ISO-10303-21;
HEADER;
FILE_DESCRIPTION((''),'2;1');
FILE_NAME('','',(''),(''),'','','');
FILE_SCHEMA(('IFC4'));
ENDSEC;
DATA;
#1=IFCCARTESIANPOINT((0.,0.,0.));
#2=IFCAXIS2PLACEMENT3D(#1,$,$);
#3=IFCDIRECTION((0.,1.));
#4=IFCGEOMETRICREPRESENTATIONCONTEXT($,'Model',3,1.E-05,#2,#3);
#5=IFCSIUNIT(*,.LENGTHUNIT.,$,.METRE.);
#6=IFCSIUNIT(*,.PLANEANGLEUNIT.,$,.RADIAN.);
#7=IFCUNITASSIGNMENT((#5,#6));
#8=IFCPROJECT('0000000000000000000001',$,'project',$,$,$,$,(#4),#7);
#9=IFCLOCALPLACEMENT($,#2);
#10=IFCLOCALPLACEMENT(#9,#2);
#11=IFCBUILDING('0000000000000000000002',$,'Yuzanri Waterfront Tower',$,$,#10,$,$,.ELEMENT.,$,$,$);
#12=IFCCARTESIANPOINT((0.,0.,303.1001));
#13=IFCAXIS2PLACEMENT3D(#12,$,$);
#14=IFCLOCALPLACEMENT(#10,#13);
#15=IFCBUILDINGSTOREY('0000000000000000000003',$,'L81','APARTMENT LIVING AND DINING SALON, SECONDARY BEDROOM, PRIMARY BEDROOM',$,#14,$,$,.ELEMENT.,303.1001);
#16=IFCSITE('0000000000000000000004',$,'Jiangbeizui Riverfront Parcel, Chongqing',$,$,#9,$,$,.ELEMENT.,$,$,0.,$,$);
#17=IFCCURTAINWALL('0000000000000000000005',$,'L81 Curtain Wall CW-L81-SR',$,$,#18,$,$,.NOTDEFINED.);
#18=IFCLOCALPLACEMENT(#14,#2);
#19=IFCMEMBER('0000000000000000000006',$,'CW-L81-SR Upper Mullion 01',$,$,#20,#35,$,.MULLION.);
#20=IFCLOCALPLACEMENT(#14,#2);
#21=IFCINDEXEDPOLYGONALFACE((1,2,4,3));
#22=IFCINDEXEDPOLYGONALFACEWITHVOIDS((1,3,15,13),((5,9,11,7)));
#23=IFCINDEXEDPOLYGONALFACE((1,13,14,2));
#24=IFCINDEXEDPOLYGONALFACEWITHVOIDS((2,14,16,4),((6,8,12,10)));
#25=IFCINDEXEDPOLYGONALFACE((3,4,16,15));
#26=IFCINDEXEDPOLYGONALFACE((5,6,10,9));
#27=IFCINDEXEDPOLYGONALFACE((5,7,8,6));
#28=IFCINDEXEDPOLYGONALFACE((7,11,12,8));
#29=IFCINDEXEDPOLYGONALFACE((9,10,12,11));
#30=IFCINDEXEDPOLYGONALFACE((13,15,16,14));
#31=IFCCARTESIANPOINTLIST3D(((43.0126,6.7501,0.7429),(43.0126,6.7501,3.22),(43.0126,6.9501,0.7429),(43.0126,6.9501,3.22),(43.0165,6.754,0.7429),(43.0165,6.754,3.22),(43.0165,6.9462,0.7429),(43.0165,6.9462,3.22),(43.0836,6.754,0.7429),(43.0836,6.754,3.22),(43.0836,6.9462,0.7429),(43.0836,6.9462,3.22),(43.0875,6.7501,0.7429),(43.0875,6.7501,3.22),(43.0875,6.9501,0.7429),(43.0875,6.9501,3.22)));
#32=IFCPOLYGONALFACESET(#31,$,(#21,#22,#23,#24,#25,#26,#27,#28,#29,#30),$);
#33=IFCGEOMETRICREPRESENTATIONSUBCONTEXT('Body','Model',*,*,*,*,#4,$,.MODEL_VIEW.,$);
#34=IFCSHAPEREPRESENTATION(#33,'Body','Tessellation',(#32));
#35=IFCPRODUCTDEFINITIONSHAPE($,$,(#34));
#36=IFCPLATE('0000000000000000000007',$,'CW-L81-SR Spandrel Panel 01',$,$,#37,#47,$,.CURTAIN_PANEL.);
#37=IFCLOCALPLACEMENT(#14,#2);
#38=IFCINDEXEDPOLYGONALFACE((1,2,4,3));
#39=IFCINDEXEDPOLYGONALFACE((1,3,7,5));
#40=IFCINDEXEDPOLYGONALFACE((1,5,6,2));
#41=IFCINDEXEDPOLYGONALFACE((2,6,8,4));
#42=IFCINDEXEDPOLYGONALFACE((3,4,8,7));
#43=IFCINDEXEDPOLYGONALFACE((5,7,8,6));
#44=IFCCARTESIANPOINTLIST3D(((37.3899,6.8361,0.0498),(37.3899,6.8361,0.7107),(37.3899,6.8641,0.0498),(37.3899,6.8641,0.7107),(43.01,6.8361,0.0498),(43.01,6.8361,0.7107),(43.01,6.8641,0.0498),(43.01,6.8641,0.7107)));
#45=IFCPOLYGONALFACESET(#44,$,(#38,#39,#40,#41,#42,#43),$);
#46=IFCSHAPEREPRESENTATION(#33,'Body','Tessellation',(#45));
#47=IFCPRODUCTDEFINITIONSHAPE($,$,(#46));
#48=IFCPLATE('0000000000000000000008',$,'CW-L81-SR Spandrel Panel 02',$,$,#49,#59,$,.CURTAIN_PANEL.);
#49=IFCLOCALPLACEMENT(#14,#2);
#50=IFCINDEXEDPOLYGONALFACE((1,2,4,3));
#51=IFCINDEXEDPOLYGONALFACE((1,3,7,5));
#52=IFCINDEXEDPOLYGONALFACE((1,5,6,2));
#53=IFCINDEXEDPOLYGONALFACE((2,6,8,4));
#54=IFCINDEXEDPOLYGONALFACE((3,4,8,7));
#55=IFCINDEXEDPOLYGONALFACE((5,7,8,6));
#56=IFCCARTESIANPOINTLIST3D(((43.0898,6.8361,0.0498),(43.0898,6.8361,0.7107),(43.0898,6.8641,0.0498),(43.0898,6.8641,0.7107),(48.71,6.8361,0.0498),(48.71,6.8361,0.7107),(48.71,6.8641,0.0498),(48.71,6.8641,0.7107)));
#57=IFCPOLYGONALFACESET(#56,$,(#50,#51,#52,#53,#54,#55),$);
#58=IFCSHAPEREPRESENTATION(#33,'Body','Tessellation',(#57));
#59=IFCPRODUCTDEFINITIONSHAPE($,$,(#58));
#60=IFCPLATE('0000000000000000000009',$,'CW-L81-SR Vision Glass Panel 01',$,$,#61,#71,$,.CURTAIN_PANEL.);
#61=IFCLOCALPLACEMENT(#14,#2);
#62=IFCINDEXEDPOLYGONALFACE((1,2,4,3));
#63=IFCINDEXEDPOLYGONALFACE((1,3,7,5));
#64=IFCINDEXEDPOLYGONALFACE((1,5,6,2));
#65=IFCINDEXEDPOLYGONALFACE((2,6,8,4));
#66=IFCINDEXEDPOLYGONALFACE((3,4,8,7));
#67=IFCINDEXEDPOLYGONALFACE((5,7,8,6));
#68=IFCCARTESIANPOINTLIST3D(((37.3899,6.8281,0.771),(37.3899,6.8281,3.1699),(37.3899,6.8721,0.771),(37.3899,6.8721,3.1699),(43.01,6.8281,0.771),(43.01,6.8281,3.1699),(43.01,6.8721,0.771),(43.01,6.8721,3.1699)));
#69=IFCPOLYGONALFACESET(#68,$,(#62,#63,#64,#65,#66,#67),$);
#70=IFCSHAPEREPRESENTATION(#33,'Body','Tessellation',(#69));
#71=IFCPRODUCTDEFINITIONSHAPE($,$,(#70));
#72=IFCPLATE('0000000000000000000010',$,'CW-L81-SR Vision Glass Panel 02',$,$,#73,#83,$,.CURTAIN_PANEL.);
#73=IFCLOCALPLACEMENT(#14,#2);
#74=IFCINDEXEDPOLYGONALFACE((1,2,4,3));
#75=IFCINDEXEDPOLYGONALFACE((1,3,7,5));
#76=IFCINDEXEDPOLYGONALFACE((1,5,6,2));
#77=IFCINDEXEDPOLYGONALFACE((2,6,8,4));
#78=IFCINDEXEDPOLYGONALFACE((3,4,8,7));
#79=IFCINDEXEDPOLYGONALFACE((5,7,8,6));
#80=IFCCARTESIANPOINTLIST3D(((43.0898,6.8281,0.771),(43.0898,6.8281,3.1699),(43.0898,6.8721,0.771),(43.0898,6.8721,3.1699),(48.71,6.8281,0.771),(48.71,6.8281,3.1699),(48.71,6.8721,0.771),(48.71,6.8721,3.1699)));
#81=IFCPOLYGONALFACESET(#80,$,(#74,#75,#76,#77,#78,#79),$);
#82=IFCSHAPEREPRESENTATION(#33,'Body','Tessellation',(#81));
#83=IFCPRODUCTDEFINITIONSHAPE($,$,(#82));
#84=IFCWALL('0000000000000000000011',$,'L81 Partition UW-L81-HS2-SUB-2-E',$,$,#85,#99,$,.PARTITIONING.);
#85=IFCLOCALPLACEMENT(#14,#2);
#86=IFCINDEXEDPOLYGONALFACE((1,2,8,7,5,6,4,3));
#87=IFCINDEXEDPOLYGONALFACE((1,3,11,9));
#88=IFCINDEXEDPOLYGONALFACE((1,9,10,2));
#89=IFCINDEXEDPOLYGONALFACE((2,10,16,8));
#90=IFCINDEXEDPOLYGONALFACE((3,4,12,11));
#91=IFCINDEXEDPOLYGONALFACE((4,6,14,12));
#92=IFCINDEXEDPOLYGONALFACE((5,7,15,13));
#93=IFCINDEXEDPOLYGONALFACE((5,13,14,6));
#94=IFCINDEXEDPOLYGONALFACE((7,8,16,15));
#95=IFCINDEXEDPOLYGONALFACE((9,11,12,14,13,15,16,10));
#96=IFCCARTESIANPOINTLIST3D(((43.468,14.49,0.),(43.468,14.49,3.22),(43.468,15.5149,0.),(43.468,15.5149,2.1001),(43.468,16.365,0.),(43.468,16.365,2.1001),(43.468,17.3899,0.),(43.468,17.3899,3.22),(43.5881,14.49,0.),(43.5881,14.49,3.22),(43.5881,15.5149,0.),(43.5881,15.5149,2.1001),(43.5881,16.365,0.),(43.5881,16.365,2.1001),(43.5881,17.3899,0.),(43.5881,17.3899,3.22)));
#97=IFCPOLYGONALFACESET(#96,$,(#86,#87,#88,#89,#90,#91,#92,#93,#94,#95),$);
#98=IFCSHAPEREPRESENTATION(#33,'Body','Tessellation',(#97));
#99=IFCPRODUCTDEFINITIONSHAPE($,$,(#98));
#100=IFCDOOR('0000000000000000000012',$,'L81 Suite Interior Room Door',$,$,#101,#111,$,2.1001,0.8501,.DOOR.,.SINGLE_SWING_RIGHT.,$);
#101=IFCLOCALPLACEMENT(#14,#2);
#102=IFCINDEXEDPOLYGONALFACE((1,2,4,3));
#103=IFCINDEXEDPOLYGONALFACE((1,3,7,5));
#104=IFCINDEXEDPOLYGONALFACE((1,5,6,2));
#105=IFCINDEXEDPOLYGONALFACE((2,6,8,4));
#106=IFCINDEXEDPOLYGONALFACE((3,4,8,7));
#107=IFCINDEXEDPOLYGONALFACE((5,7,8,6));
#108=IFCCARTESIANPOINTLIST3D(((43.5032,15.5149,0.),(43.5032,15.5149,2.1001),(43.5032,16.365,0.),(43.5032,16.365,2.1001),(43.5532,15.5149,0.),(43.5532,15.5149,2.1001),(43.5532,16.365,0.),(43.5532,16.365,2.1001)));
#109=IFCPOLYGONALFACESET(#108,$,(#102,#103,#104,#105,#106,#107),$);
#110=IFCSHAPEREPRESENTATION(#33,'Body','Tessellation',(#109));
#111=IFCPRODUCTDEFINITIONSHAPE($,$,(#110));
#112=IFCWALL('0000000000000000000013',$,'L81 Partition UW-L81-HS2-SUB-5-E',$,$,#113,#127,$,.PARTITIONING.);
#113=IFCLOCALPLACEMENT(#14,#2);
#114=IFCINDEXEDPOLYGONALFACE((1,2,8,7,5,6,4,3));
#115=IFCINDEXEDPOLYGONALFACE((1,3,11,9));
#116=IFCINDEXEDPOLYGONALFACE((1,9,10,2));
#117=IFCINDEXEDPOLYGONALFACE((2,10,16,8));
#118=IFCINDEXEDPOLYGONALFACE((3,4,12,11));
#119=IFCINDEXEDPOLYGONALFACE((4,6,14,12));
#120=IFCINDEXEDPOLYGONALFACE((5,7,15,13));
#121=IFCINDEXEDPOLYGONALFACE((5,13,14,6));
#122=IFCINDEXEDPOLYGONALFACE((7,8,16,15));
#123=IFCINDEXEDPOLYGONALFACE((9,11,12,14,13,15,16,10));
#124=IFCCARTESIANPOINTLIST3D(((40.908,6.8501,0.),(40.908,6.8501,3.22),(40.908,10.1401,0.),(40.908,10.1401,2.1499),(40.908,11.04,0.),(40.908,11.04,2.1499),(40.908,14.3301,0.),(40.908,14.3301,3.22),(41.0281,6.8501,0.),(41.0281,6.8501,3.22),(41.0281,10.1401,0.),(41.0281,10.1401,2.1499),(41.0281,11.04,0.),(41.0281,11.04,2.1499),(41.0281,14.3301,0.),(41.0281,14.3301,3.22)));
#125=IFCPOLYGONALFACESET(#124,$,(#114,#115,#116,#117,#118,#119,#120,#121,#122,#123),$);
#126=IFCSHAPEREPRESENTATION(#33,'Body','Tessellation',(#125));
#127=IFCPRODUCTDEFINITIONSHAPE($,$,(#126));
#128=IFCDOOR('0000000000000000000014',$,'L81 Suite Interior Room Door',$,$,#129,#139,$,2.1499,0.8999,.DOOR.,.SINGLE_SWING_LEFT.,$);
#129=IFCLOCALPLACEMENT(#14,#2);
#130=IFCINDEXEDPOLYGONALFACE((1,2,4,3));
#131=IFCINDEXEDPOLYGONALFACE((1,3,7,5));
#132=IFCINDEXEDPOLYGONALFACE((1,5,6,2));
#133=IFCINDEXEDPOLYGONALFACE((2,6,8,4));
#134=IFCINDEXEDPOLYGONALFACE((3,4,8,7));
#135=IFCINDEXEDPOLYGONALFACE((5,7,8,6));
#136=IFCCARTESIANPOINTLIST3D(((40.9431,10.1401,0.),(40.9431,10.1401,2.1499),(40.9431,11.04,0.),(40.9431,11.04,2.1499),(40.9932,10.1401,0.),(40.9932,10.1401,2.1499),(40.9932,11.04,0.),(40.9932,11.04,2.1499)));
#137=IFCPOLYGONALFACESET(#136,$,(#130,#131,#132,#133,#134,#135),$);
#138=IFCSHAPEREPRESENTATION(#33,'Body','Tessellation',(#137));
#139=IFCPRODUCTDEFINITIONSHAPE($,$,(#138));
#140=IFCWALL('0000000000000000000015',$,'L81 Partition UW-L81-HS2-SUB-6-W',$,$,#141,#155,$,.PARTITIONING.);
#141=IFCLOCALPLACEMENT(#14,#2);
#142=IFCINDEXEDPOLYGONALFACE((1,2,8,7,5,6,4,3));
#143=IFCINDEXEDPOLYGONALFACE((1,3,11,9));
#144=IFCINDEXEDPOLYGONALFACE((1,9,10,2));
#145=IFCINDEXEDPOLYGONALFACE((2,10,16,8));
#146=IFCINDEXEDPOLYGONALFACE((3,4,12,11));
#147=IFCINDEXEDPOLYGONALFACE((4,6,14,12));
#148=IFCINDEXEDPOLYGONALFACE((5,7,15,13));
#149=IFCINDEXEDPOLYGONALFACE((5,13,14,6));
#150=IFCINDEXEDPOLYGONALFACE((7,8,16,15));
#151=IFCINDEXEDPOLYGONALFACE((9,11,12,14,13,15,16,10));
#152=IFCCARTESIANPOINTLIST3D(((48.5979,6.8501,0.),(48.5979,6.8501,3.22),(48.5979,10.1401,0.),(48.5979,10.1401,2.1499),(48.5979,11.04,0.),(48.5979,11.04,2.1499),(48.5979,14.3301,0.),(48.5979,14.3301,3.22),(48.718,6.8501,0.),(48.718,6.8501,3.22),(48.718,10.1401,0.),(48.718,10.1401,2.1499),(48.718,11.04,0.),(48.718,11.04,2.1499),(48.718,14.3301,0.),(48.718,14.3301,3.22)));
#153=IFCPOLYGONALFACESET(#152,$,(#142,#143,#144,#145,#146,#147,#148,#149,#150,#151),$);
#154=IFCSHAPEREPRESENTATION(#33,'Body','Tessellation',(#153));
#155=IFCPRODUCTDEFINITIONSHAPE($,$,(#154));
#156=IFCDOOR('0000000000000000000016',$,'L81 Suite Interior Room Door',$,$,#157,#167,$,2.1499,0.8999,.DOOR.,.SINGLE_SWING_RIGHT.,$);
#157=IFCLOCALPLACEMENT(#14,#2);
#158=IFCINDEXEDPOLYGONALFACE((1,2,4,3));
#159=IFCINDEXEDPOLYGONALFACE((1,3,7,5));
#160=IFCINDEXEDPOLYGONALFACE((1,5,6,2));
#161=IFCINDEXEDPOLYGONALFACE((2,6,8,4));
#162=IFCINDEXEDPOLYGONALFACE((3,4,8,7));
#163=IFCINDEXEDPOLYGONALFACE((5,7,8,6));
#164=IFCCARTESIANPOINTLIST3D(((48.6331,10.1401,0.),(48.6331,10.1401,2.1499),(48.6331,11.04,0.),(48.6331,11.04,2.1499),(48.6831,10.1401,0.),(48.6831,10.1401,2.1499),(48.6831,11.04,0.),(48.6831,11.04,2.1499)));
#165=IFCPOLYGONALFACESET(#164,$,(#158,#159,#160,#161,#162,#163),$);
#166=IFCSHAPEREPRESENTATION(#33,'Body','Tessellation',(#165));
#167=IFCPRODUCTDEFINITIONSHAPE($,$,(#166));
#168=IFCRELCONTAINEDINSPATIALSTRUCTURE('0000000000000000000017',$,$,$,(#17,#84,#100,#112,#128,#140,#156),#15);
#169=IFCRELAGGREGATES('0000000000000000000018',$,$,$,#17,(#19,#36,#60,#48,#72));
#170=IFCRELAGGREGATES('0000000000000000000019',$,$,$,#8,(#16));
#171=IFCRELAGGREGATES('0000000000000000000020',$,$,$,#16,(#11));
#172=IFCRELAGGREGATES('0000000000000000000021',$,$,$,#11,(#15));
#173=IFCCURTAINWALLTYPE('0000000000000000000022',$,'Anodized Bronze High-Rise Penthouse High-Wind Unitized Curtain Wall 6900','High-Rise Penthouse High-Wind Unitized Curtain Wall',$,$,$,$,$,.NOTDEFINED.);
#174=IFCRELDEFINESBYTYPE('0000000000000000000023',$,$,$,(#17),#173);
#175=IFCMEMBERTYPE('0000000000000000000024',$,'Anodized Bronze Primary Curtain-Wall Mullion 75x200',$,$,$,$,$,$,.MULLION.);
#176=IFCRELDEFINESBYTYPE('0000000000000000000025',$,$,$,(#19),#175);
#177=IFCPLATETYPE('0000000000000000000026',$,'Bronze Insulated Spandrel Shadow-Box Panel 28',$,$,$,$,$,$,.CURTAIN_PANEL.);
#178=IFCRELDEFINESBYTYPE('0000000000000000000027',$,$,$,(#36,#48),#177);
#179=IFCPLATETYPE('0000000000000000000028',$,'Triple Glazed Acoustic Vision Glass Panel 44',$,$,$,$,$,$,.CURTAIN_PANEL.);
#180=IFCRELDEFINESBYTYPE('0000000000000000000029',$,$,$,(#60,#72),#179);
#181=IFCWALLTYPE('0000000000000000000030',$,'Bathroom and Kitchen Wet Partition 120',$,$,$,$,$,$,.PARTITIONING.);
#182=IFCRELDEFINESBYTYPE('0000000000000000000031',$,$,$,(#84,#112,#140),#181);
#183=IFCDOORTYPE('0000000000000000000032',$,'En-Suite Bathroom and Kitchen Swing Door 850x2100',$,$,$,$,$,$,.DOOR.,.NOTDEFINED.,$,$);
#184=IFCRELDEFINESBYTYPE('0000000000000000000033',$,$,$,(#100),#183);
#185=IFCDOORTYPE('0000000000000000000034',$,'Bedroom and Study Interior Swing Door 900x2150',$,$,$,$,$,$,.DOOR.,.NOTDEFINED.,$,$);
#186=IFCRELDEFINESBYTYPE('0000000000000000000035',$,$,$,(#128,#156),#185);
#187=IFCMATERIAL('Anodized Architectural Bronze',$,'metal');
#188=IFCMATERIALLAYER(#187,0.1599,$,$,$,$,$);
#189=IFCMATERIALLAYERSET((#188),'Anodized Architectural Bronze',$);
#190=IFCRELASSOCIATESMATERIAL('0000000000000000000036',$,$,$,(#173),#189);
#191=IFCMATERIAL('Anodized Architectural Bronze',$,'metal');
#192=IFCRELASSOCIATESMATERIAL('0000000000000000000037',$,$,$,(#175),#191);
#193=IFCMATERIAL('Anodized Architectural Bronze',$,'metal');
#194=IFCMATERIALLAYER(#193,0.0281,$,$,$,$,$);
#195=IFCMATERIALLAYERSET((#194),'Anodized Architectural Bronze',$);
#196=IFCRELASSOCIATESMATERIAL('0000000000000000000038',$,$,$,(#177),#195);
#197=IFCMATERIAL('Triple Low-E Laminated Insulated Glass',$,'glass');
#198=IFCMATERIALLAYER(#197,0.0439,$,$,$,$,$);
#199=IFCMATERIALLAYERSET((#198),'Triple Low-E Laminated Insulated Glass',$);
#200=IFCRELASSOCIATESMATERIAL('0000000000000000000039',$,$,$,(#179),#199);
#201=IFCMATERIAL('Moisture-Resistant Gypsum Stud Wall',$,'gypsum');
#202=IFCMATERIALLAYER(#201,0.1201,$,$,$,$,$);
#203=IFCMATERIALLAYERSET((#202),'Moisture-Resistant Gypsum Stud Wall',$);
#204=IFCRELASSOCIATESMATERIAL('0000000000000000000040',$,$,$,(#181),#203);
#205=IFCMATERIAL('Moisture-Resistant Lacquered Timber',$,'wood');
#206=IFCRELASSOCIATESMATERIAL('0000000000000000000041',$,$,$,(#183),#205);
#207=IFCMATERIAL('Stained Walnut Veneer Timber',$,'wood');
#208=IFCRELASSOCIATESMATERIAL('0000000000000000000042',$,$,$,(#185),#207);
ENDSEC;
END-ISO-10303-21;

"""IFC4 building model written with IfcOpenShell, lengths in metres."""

from ifc_helpers import new_model, si_unit, direction, frame, frame_2d, origin, origin_2d, place, context, subcontext, project, spatial, rectangle, hollow_rectangle, extrude, source, transform, mapped, material, layer, layer_set, material_profile, profile_set, type_object, element, fill, aggregate, save


model = new_model("IFC4")

# Units and contexts
model_context = context("Model", 3, precision=1e-05, world=origin(), true_north=direction((0.0, 1.0)))
body_context = subcontext(model_context, "Body", "Model", "MODEL_VIEW")
ifc_project = project(units=[si_unit("LENGTHUNIT", "METRE"), si_unit("PLANEANGLEUNIT", "RADIAN")], contexts=[model_context])

# Site, building, storey
site_placement = place(None, origin())
site = spatial("IfcSite", under=ifc_project, at=site_placement, Name="Jiangbeizui Riverfront Parcel, Chongqing", CompositionType="ELEMENT", RefElevation=0.0)
building_placement = place(site_placement, origin())
building = spatial("IfcBuilding", under=site, at=building_placement, Name="Yuzanri Waterfront Tower", CompositionType="ELEMENT")
storey_placement = place(building_placement, frame((0.0, 0.0, 303.1001)))
storey = spatial("IfcBuildingStorey", under=building, at=storey_placement, Name="L81", Description="APARTMENT LIVING AND DINING SALON, SECONDARY BEDROOM, PRIMARY BEDROOM", CompositionType="ELEMENT", Elevation=303.1001)

# Curtain wall, member, plates
ifc_material_1 = material(Name="Anodized Architectural Bronze", Category="metal")
ifc_layer_1 = layer(ifc_material_1, 0.1599)
ifc_layer_set_1 = layer_set([ifc_layer_1], Name="Anodized Architectural Bronze")
curtain_wall_type = type_object("IfcCurtainWallType", Name="Anodized Bronze High-Rise Penthouse High-Wind Unitized Curtain Wall 6900", Description="High-Rise Penthouse High-Wind Unitized Curtain Wall", PredefinedType="NOTDEFINED", material=ifc_layer_set_1)
curtain_wall_placement = place(storey_placement, origin())
curtain_wall = element("IfcCurtainWall", 1, at=curtain_wall_placement, inside=storey, type_object=curtain_wall_type, Name="L81 Curtain Wall CW-L81-SR", PredefinedType="NOTDEFINED")
ifc_material_2 = material(Name="Anodized Architectural Bronze", Category="metal")
ifc_material_profile_1 = material_profile(ifc_material_2, hollow_rectangle(XDim=0.075, YDim=0.2, WallThickness=0.0039, at=origin_2d()), Name="CWM 75x200")
ifc_profile_set_1 = profile_set([ifc_material_profile_1], Name="Anodized Architectural Bronze")
member_type_1 = type_object("IfcMemberType", Name="Anodized Bronze Primary Curtain-Wall Mullion 75x200", PredefinedType="MULLION", material=ifc_profile_set_1)
shared_shape_1 = source(origin(), body_context, "Body", "SweptSolid", [
    extrude(hollow_rectangle(XDim=0.075, YDim=0.2, WallThickness=0.0039, at=origin_2d()), origin(), (0.0, 0.0, 1.0), 2.4771),
])
member_1_placement = place(storey_placement, frame((43.05, 6.8501, 0.7429), z_axis=(0.0, 0.0, 1.0), x_axis=(1.0, 0.0, 0.0)))
member_1 = element("IfcMember", 2, at=member_1_placement, type_object=member_type_1, Name="CW-L81-SR Upper Mullion 01", PredefinedType="MULLION", context=body_context, shape_type="MappedRepresentation", body=[
    mapped(shared_shape_1, transform((0.0, 0.0, 0.0), scale=1.0)),
])
ifc_material_3 = material(Name="Anodized Architectural Bronze", Category="metal")
ifc_layer_2 = layer(ifc_material_3, 0.0281)
ifc_layer_set_2 = layer_set([ifc_layer_2], Name="Anodized Architectural Bronze")
plate_type_1 = type_object("IfcPlateType", Name="Bronze Insulated Spandrel Shadow-Box Panel 28", PredefinedType="CURTAIN_PANEL", material=ifc_layer_set_2)
shared_shape_2 = source(origin(), body_context, "Body", "SweptSolid", [
    extrude(rectangle(XDim=5.6201, YDim=0.0281, at=origin_2d()), origin(), (0.0, 0.0, 1.0), 0.6609),
])
plate_1_placement = place(storey_placement, frame((40.2, 6.8501, 0.0498), z_axis=(0.0, 0.0, 1.0), x_axis=(1.0, 0.0, 0.0)))
plate_1 = element("IfcPlate", 3, at=plate_1_placement, type_object=plate_type_1, Name="CW-L81-SR Spandrel Panel 01", PredefinedType="CURTAIN_PANEL", context=body_context, shape_type="MappedRepresentation", body=[
    mapped(shared_shape_2, transform((0.0, 0.0, 0.0), scale=1.0)),
])
plate_2_placement = place(storey_placement, frame((45.8999, 6.8501, 0.0498), z_axis=(0.0, 0.0, 1.0), x_axis=(1.0, 0.0, 0.0)))
plate_2 = element("IfcPlate", 4, at=plate_2_placement, type_object=plate_type_1, Name="CW-L81-SR Spandrel Panel 02", PredefinedType="CURTAIN_PANEL", context=body_context, shape_type="MappedRepresentation", body=[
    mapped(shared_shape_2, transform((0.0, 0.0, 0.0), scale=1.0)),
])
ifc_material_4 = material(Name="Triple Low-E Laminated Insulated Glass", Category="glass")
ifc_layer_3 = layer(ifc_material_4, 0.0439)
ifc_layer_set_3 = layer_set([ifc_layer_3], Name="Triple Low-E Laminated Insulated Glass")
plate_type_2 = type_object("IfcPlateType", Name="Triple Glazed Acoustic Vision Glass Panel 44", PredefinedType="CURTAIN_PANEL", material=ifc_layer_set_3)
shared_shape_3 = source(origin(), body_context, "Body", "SweptSolid", [
    extrude(rectangle(XDim=5.6201, YDim=0.0439, at=origin_2d()), origin(), (0.0, 0.0, 1.0), 2.3989),
])
plate_3_placement = place(storey_placement, frame((40.2, 6.8501, 0.771), z_axis=(0.0, 0.0, 1.0), x_axis=(1.0, 0.0, 0.0)))
plate_3 = element("IfcPlate", 5, at=plate_3_placement, type_object=plate_type_2, Name="CW-L81-SR Vision Glass Panel 01", PredefinedType="CURTAIN_PANEL", context=body_context, shape_type="MappedRepresentation", body=[
    mapped(shared_shape_3, transform((0.0, 0.0, 0.0), scale=1.0)),
])
plate_4_placement = place(storey_placement, frame((45.8999, 6.8501, 0.771), z_axis=(0.0, 0.0, 1.0), x_axis=(1.0, 0.0, 0.0)))
plate_4 = element("IfcPlate", 6, at=plate_4_placement, type_object=plate_type_2, Name="CW-L81-SR Vision Glass Panel 02", PredefinedType="CURTAIN_PANEL", context=body_context, shape_type="MappedRepresentation", body=[
    mapped(shared_shape_3, transform((0.0, 0.0, 0.0), scale=1.0)),
])
aggregate(curtain_wall, [member_1, plate_1, plate_3, plate_2, plate_4])

# Walls, openings, doors
ifc_material_5 = material(Name="Moisture-Resistant Gypsum Stud Wall", Category="gypsum")
ifc_layer_4 = layer(ifc_material_5, 0.1201)
ifc_layer_set_4 = layer_set([ifc_layer_4], Name="Moisture-Resistant Gypsum Stud Wall")
wall_type = type_object("IfcWallType", Name="Bathroom and Kitchen Wet Partition 120", PredefinedType="PARTITIONING", material=ifc_layer_set_4)
wall_1_placement = place(storey_placement, frame((43.5281, 14.49, 0.0), z_axis=(0.0, 0.0, 1.0), x_axis=(0.0, 1.0, 0.0)))
wall_1 = element("IfcWall", 7, at=wall_1_placement, inside=storey, type_object=wall_type, Name="L81 Partition UW-L81-HS2-SUB-2-E", PredefinedType="PARTITIONING", context=body_context, shape_type="SweptSolid", body=[
    extrude(rectangle(XDim=2.8999, YDim=0.1201, at=frame_2d((1.45, 0.0))), origin(), (0.0, 0.0, 1.0), 3.22),
])
opening_1_placement = place(wall_1_placement, frame((1.0249, 0.0, 0.0)))
opening_1 = element("IfcOpeningElement", 8, at=opening_1_placement, cuts=wall_1, PredefinedType="OPENING", context=body_context, shape_type="SweptSolid", body=[
    extrude(rectangle(XDim=0.8501, YDim=2.1001, at=frame_2d((0.425, 1.05))), frame((0.0, 0.075, 0.0), z_axis=(0.0, -1.0, 0.0), x_axis=(1.0, 0.0, 0.0)), (0.0, 0.0, 1.0), 0.1499),
])
ifc_material_6 = material(Name="Moisture-Resistant Lacquered Timber", Category="wood")
door_type_1 = type_object("IfcDoorType", Name="En-Suite Bathroom and Kitchen Swing Door 850x2100", OperationType="NOTDEFINED", PredefinedType="DOOR", material=ifc_material_6)
shared_shape_4 = source(origin(), body_context, "Body", "SweptSolid", [
    extrude(rectangle(XDim=0.8501, YDim=2.1001, at=frame_2d((0.425, 1.05))), frame((0.0, 0.0249, 0.0), z_axis=(0.0, -1.0, 0.0), x_axis=(1.0, 0.0, 0.0)), (0.0, 0.0, 1.0), 0.05),
])
door_1_placement = place(opening_1_placement, origin())
door_1 = element("IfcDoor", 9, at=door_1_placement, inside=storey, type_object=door_type_1, Name="L81 Suite Interior Room Door", OperationType="SINGLE_SWING_RIGHT", OverallHeight=2.1001, OverallWidth=0.8501, PredefinedType="DOOR", context=body_context, shape_type="MappedRepresentation", body=[
    mapped(shared_shape_4, transform((0.0, 0.0, 0.0), scale=1.0)),
])
fill(opening_1, door_1)
wall_2_placement = place(storey_placement, frame((40.968, 6.8501, 0.0), z_axis=(0.0, 0.0, 1.0), x_axis=(0.0, 1.0, 0.0)))
wall_2 = element("IfcWall", 10, at=wall_2_placement, inside=storey, type_object=wall_type, Name="L81 Partition UW-L81-HS2-SUB-5-E", PredefinedType="PARTITIONING", context=body_context, shape_type="SweptSolid", body=[
    extrude(rectangle(XDim=7.48, YDim=0.1201, at=frame_2d((3.74, 0.0))), origin(), (0.0, 0.0, 1.0), 3.22),
])
opening_2_placement = place(wall_2_placement, frame((3.29, 0.0, 0.0)))
opening_2 = element("IfcOpeningElement", 11, at=opening_2_placement, cuts=wall_2, PredefinedType="OPENING", context=body_context, shape_type="SweptSolid", body=[
    extrude(rectangle(XDim=0.8999, YDim=2.1499, at=frame_2d((0.45, 1.075))), frame((0.0, 0.075, 0.0), z_axis=(0.0, -1.0, 0.0), x_axis=(1.0, 0.0, 0.0)), (0.0, 0.0, 1.0), 0.1499),
])
ifc_material_7 = material(Name="Stained Walnut Veneer Timber", Category="wood")
door_type_2 = type_object("IfcDoorType", Name="Bedroom and Study Interior Swing Door 900x2150", OperationType="NOTDEFINED", PredefinedType="DOOR", material=ifc_material_7)
shared_shape_5 = source(origin(), body_context, "Body", "SweptSolid", [
    extrude(rectangle(XDim=0.8999, YDim=2.1499, at=frame_2d((0.45, 1.075))), frame((0.0, 0.0249, 0.0), z_axis=(0.0, -1.0, 0.0), x_axis=(1.0, 0.0, 0.0)), (0.0, 0.0, 1.0), 0.05),
])
door_2_placement = place(opening_2_placement, origin())
door_2 = element("IfcDoor", 12, at=door_2_placement, inside=storey, type_object=door_type_2, Name="L81 Suite Interior Room Door", OperationType="SINGLE_SWING_LEFT", OverallHeight=2.1499, OverallWidth=0.8999, PredefinedType="DOOR", context=body_context, shape_type="MappedRepresentation", body=[
    mapped(shared_shape_5, transform((0.0, 0.0, 0.0), scale=1.0)),
])
fill(opening_2, door_2)
wall_3_placement = place(storey_placement, frame((48.658, 6.8501, 0.0), z_axis=(0.0, 0.0, 1.0), x_axis=(0.0, 1.0, 0.0)))
wall_3 = element("IfcWall", 13, at=wall_3_placement, inside=storey, type_object=wall_type, Name="L81 Partition UW-L81-HS2-SUB-6-W", PredefinedType="PARTITIONING", context=body_context, shape_type="SweptSolid", body=[
    extrude(rectangle(XDim=7.48, YDim=0.1201, at=frame_2d((3.74, 0.0))), origin(), (0.0, 0.0, 1.0), 3.22),
])
opening_3_placement = place(wall_3_placement, frame((3.29, 0.0, 0.0)))
opening_3 = element("IfcOpeningElement", 14, at=opening_3_placement, cuts=wall_3, PredefinedType="OPENING", context=body_context, shape_type="SweptSolid", body=[
    extrude(rectangle(XDim=0.8999, YDim=2.1499, at=frame_2d((0.45, 1.075))), frame((0.0, 0.075, 0.0), z_axis=(0.0, -1.0, 0.0), x_axis=(1.0, 0.0, 0.0)), (0.0, 0.0, 1.0), 0.1499),
])
door_3_placement = place(opening_3_placement, origin())
door_3 = element("IfcDoor", 15, at=door_3_placement, inside=storey, type_object=door_type_2, Name="L81 Suite Interior Room Door", OperationType="SINGLE_SWING_RIGHT", OverallHeight=2.1499, OverallWidth=0.8999, PredefinedType="DOOR", context=body_context, shape_type="MappedRepresentation", body=[
    mapped(shared_shape_5, transform((0.0, 0.0, 0.0), scale=1.0)),
])
fill(opening_3, door_3)

save(model, "model.ifc")
